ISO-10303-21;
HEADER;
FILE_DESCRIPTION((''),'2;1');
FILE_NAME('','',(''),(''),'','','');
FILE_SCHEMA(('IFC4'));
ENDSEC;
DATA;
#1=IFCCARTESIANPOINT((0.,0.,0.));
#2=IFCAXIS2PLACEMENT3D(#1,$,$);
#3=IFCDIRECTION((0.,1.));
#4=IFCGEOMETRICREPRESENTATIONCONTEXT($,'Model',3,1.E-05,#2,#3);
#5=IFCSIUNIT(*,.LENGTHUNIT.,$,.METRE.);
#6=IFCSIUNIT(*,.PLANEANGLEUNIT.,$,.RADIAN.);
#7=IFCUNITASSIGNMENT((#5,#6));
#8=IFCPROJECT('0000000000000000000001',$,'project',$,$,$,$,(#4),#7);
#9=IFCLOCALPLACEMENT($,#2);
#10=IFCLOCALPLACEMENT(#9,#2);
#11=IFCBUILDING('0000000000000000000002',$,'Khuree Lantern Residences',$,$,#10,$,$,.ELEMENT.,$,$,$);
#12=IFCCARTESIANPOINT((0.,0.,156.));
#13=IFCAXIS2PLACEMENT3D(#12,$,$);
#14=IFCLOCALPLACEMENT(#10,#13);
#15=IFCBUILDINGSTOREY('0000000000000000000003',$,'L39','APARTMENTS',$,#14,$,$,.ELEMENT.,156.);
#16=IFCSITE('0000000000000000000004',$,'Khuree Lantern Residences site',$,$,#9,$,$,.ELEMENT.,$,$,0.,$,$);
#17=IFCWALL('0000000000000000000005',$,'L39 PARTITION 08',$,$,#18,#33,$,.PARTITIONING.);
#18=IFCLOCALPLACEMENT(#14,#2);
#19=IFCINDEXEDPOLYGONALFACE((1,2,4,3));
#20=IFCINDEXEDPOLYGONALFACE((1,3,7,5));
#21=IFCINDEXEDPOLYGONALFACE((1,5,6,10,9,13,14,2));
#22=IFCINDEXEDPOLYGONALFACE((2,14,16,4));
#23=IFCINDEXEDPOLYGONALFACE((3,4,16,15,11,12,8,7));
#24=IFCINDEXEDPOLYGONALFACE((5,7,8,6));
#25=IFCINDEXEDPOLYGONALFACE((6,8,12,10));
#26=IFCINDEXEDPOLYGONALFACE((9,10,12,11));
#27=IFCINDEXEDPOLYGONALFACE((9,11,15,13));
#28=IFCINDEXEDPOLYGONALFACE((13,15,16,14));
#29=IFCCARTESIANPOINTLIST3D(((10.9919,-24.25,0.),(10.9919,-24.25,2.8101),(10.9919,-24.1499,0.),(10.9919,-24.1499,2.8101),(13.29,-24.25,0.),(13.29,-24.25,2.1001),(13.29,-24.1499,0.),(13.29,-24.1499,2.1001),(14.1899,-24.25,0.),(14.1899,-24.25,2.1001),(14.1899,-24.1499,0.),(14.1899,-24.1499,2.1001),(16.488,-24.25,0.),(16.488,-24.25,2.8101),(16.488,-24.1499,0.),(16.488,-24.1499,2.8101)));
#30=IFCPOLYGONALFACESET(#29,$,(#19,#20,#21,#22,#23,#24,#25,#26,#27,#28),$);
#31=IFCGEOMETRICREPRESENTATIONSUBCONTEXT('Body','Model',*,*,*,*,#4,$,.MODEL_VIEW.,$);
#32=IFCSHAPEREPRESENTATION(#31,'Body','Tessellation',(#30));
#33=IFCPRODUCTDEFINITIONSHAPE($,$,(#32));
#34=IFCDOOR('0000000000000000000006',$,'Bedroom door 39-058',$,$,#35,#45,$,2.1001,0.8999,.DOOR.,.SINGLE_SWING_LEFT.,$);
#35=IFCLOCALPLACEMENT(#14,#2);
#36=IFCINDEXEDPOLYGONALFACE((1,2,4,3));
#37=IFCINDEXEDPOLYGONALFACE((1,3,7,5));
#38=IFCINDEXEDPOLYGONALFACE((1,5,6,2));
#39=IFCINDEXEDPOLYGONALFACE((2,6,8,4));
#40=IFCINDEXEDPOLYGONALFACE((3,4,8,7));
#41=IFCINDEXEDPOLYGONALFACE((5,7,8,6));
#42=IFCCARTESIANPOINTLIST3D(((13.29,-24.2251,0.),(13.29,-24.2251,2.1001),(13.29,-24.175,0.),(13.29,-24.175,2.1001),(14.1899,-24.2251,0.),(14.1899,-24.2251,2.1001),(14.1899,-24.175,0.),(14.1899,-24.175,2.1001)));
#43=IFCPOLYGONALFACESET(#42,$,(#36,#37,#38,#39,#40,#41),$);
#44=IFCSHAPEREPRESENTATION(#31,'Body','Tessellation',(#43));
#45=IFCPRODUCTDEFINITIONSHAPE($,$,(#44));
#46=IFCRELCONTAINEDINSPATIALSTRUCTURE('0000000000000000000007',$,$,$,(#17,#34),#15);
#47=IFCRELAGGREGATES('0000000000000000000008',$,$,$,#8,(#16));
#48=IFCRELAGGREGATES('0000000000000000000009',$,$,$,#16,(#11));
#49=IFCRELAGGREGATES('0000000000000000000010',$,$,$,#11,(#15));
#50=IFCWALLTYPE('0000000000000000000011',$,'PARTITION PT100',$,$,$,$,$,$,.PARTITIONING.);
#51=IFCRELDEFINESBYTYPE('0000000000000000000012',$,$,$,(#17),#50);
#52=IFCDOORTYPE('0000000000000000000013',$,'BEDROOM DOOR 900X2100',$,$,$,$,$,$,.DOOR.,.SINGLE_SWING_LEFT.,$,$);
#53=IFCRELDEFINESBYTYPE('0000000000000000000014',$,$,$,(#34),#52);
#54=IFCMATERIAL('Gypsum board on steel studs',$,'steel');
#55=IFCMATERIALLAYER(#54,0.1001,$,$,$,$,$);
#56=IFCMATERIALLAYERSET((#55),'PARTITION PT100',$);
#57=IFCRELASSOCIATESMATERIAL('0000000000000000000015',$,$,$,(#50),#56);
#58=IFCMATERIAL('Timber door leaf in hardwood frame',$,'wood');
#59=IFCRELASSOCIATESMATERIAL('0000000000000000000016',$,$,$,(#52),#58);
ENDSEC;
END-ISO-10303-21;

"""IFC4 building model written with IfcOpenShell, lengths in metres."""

from ifc_helpers import new_model, si_unit, direction, frame, frame_2d, origin, place, context, subcontext, project, spatial, rectangle, extrude, material, layer, layer_set, type_object, element, fill, save


model = new_model("IFC4")

# Units and contexts
model_context = context("Model", 3, precision=1e-05, world=origin(), true_north=direction((0.0, 1.0)))
body_context = subcontext(model_context, "Body", "Model", "MODEL_VIEW")
ifc_project = project(units=[si_unit("LENGTHUNIT", "METRE"), si_unit("PLANEANGLEUNIT", "RADIAN")], contexts=[model_context])

# Site, building, storey
site_placement = place(None, origin())
site = spatial("IfcSite", under=ifc_project, at=site_placement, Name="Khuree Lantern Residences site", CompositionType="ELEMENT", RefElevation=0.0)
building_placement = place(site_placement, origin())
building = spatial("IfcBuilding", under=site, at=building_placement, Name="Khuree Lantern Residences", CompositionType="ELEMENT")
storey_placement = place(building_placement, frame((0.0, 0.0, 156.0)))
storey = spatial("IfcBuildingStorey", under=building, at=storey_placement, Name="L39", Description="APARTMENTS", CompositionType="ELEMENT", Elevation=156.0)

# Shared definitions
ifc_material_1 = material(Name="Timber door leaf in hardwood frame", Category="wood")

# Shared definitions
ifc_material_2 = material(Name="Gypsum board on steel studs", Category="steel")
ifc_layer_1 = layer(ifc_material_2, 0.1001)
ifc_layer_set_1 = layer_set([ifc_layer_1], Name="PARTITION PT100")
wall_type_1 = type_object("IfcWallType", Name="PARTITION PT100", PredefinedType="PARTITIONING", material=ifc_layer_set_1)

# Wall, opening, door
door_type_1 = type_object("IfcDoorType", Name="BEDROOM DOOR 900X2100", OperationType="SINGLE_SWING_LEFT", PredefinedType="DOOR", material=ifc_material_1)
wall_1_placement = place(storey_placement, frame((10.9919, -24.2, 0.0), z_axis=(0.0, 0.0, 1.0), x_axis=(1.0, 0.0, 0.0)))
wall_1 = element("IfcWall", 1, at=wall_1_placement, inside=storey, type_object=wall_type_1, Name="L39 PARTITION 08", PredefinedType="PARTITIONING", context=body_context, shape_type="SweptSolid", body=[
    extrude(rectangle(XDim=5.4961, YDim=0.1001, at=frame_2d((2.748, 0.0))), origin(), (0.0, 0.0, 1.0), 2.8101),
])
opening_1_placement = place(wall_1_placement, frame((2.2981, 0.0, 0.0)))
opening_1 = element("IfcOpeningElement", 2, at=opening_1_placement, cuts=wall_1, PredefinedType="OPENING", context=body_context, shape_type="SweptSolid", body=[
    extrude(rectangle(XDim=0.8999, YDim=2.1001, at=frame_2d((0.45, 1.05))), frame((0.0, 0.0601, 0.0), z_axis=(0.0, -1.0, 0.0), x_axis=(1.0, 0.0, 0.0)), (0.0, 0.0, 1.0), 0.1201),
])
door_1_placement = place(opening_1_placement, origin())
door_1 = element("IfcDoor", 3, at=door_1_placement, inside=storey, type_object=door_type_1, Name="Bedroom door 39-058", OperationType="SINGLE_SWING_LEFT", OverallHeight=2.1001, OverallWidth=0.8999, PredefinedType="DOOR", context=body_context, shape_type="SweptSolid", body=[
    extrude(rectangle(XDim=0.8999, YDim=2.1001, at=frame_2d((0.45, 1.05))), frame((0.0, 0.0249, 0.0), z_axis=(0.0, -1.0, 0.0), x_axis=(1.0, 0.0, 0.0)), (0.0, 0.0, 1.0), 0.05),
])
fill(opening_1, door_1)

save(model, "model.ifc")
